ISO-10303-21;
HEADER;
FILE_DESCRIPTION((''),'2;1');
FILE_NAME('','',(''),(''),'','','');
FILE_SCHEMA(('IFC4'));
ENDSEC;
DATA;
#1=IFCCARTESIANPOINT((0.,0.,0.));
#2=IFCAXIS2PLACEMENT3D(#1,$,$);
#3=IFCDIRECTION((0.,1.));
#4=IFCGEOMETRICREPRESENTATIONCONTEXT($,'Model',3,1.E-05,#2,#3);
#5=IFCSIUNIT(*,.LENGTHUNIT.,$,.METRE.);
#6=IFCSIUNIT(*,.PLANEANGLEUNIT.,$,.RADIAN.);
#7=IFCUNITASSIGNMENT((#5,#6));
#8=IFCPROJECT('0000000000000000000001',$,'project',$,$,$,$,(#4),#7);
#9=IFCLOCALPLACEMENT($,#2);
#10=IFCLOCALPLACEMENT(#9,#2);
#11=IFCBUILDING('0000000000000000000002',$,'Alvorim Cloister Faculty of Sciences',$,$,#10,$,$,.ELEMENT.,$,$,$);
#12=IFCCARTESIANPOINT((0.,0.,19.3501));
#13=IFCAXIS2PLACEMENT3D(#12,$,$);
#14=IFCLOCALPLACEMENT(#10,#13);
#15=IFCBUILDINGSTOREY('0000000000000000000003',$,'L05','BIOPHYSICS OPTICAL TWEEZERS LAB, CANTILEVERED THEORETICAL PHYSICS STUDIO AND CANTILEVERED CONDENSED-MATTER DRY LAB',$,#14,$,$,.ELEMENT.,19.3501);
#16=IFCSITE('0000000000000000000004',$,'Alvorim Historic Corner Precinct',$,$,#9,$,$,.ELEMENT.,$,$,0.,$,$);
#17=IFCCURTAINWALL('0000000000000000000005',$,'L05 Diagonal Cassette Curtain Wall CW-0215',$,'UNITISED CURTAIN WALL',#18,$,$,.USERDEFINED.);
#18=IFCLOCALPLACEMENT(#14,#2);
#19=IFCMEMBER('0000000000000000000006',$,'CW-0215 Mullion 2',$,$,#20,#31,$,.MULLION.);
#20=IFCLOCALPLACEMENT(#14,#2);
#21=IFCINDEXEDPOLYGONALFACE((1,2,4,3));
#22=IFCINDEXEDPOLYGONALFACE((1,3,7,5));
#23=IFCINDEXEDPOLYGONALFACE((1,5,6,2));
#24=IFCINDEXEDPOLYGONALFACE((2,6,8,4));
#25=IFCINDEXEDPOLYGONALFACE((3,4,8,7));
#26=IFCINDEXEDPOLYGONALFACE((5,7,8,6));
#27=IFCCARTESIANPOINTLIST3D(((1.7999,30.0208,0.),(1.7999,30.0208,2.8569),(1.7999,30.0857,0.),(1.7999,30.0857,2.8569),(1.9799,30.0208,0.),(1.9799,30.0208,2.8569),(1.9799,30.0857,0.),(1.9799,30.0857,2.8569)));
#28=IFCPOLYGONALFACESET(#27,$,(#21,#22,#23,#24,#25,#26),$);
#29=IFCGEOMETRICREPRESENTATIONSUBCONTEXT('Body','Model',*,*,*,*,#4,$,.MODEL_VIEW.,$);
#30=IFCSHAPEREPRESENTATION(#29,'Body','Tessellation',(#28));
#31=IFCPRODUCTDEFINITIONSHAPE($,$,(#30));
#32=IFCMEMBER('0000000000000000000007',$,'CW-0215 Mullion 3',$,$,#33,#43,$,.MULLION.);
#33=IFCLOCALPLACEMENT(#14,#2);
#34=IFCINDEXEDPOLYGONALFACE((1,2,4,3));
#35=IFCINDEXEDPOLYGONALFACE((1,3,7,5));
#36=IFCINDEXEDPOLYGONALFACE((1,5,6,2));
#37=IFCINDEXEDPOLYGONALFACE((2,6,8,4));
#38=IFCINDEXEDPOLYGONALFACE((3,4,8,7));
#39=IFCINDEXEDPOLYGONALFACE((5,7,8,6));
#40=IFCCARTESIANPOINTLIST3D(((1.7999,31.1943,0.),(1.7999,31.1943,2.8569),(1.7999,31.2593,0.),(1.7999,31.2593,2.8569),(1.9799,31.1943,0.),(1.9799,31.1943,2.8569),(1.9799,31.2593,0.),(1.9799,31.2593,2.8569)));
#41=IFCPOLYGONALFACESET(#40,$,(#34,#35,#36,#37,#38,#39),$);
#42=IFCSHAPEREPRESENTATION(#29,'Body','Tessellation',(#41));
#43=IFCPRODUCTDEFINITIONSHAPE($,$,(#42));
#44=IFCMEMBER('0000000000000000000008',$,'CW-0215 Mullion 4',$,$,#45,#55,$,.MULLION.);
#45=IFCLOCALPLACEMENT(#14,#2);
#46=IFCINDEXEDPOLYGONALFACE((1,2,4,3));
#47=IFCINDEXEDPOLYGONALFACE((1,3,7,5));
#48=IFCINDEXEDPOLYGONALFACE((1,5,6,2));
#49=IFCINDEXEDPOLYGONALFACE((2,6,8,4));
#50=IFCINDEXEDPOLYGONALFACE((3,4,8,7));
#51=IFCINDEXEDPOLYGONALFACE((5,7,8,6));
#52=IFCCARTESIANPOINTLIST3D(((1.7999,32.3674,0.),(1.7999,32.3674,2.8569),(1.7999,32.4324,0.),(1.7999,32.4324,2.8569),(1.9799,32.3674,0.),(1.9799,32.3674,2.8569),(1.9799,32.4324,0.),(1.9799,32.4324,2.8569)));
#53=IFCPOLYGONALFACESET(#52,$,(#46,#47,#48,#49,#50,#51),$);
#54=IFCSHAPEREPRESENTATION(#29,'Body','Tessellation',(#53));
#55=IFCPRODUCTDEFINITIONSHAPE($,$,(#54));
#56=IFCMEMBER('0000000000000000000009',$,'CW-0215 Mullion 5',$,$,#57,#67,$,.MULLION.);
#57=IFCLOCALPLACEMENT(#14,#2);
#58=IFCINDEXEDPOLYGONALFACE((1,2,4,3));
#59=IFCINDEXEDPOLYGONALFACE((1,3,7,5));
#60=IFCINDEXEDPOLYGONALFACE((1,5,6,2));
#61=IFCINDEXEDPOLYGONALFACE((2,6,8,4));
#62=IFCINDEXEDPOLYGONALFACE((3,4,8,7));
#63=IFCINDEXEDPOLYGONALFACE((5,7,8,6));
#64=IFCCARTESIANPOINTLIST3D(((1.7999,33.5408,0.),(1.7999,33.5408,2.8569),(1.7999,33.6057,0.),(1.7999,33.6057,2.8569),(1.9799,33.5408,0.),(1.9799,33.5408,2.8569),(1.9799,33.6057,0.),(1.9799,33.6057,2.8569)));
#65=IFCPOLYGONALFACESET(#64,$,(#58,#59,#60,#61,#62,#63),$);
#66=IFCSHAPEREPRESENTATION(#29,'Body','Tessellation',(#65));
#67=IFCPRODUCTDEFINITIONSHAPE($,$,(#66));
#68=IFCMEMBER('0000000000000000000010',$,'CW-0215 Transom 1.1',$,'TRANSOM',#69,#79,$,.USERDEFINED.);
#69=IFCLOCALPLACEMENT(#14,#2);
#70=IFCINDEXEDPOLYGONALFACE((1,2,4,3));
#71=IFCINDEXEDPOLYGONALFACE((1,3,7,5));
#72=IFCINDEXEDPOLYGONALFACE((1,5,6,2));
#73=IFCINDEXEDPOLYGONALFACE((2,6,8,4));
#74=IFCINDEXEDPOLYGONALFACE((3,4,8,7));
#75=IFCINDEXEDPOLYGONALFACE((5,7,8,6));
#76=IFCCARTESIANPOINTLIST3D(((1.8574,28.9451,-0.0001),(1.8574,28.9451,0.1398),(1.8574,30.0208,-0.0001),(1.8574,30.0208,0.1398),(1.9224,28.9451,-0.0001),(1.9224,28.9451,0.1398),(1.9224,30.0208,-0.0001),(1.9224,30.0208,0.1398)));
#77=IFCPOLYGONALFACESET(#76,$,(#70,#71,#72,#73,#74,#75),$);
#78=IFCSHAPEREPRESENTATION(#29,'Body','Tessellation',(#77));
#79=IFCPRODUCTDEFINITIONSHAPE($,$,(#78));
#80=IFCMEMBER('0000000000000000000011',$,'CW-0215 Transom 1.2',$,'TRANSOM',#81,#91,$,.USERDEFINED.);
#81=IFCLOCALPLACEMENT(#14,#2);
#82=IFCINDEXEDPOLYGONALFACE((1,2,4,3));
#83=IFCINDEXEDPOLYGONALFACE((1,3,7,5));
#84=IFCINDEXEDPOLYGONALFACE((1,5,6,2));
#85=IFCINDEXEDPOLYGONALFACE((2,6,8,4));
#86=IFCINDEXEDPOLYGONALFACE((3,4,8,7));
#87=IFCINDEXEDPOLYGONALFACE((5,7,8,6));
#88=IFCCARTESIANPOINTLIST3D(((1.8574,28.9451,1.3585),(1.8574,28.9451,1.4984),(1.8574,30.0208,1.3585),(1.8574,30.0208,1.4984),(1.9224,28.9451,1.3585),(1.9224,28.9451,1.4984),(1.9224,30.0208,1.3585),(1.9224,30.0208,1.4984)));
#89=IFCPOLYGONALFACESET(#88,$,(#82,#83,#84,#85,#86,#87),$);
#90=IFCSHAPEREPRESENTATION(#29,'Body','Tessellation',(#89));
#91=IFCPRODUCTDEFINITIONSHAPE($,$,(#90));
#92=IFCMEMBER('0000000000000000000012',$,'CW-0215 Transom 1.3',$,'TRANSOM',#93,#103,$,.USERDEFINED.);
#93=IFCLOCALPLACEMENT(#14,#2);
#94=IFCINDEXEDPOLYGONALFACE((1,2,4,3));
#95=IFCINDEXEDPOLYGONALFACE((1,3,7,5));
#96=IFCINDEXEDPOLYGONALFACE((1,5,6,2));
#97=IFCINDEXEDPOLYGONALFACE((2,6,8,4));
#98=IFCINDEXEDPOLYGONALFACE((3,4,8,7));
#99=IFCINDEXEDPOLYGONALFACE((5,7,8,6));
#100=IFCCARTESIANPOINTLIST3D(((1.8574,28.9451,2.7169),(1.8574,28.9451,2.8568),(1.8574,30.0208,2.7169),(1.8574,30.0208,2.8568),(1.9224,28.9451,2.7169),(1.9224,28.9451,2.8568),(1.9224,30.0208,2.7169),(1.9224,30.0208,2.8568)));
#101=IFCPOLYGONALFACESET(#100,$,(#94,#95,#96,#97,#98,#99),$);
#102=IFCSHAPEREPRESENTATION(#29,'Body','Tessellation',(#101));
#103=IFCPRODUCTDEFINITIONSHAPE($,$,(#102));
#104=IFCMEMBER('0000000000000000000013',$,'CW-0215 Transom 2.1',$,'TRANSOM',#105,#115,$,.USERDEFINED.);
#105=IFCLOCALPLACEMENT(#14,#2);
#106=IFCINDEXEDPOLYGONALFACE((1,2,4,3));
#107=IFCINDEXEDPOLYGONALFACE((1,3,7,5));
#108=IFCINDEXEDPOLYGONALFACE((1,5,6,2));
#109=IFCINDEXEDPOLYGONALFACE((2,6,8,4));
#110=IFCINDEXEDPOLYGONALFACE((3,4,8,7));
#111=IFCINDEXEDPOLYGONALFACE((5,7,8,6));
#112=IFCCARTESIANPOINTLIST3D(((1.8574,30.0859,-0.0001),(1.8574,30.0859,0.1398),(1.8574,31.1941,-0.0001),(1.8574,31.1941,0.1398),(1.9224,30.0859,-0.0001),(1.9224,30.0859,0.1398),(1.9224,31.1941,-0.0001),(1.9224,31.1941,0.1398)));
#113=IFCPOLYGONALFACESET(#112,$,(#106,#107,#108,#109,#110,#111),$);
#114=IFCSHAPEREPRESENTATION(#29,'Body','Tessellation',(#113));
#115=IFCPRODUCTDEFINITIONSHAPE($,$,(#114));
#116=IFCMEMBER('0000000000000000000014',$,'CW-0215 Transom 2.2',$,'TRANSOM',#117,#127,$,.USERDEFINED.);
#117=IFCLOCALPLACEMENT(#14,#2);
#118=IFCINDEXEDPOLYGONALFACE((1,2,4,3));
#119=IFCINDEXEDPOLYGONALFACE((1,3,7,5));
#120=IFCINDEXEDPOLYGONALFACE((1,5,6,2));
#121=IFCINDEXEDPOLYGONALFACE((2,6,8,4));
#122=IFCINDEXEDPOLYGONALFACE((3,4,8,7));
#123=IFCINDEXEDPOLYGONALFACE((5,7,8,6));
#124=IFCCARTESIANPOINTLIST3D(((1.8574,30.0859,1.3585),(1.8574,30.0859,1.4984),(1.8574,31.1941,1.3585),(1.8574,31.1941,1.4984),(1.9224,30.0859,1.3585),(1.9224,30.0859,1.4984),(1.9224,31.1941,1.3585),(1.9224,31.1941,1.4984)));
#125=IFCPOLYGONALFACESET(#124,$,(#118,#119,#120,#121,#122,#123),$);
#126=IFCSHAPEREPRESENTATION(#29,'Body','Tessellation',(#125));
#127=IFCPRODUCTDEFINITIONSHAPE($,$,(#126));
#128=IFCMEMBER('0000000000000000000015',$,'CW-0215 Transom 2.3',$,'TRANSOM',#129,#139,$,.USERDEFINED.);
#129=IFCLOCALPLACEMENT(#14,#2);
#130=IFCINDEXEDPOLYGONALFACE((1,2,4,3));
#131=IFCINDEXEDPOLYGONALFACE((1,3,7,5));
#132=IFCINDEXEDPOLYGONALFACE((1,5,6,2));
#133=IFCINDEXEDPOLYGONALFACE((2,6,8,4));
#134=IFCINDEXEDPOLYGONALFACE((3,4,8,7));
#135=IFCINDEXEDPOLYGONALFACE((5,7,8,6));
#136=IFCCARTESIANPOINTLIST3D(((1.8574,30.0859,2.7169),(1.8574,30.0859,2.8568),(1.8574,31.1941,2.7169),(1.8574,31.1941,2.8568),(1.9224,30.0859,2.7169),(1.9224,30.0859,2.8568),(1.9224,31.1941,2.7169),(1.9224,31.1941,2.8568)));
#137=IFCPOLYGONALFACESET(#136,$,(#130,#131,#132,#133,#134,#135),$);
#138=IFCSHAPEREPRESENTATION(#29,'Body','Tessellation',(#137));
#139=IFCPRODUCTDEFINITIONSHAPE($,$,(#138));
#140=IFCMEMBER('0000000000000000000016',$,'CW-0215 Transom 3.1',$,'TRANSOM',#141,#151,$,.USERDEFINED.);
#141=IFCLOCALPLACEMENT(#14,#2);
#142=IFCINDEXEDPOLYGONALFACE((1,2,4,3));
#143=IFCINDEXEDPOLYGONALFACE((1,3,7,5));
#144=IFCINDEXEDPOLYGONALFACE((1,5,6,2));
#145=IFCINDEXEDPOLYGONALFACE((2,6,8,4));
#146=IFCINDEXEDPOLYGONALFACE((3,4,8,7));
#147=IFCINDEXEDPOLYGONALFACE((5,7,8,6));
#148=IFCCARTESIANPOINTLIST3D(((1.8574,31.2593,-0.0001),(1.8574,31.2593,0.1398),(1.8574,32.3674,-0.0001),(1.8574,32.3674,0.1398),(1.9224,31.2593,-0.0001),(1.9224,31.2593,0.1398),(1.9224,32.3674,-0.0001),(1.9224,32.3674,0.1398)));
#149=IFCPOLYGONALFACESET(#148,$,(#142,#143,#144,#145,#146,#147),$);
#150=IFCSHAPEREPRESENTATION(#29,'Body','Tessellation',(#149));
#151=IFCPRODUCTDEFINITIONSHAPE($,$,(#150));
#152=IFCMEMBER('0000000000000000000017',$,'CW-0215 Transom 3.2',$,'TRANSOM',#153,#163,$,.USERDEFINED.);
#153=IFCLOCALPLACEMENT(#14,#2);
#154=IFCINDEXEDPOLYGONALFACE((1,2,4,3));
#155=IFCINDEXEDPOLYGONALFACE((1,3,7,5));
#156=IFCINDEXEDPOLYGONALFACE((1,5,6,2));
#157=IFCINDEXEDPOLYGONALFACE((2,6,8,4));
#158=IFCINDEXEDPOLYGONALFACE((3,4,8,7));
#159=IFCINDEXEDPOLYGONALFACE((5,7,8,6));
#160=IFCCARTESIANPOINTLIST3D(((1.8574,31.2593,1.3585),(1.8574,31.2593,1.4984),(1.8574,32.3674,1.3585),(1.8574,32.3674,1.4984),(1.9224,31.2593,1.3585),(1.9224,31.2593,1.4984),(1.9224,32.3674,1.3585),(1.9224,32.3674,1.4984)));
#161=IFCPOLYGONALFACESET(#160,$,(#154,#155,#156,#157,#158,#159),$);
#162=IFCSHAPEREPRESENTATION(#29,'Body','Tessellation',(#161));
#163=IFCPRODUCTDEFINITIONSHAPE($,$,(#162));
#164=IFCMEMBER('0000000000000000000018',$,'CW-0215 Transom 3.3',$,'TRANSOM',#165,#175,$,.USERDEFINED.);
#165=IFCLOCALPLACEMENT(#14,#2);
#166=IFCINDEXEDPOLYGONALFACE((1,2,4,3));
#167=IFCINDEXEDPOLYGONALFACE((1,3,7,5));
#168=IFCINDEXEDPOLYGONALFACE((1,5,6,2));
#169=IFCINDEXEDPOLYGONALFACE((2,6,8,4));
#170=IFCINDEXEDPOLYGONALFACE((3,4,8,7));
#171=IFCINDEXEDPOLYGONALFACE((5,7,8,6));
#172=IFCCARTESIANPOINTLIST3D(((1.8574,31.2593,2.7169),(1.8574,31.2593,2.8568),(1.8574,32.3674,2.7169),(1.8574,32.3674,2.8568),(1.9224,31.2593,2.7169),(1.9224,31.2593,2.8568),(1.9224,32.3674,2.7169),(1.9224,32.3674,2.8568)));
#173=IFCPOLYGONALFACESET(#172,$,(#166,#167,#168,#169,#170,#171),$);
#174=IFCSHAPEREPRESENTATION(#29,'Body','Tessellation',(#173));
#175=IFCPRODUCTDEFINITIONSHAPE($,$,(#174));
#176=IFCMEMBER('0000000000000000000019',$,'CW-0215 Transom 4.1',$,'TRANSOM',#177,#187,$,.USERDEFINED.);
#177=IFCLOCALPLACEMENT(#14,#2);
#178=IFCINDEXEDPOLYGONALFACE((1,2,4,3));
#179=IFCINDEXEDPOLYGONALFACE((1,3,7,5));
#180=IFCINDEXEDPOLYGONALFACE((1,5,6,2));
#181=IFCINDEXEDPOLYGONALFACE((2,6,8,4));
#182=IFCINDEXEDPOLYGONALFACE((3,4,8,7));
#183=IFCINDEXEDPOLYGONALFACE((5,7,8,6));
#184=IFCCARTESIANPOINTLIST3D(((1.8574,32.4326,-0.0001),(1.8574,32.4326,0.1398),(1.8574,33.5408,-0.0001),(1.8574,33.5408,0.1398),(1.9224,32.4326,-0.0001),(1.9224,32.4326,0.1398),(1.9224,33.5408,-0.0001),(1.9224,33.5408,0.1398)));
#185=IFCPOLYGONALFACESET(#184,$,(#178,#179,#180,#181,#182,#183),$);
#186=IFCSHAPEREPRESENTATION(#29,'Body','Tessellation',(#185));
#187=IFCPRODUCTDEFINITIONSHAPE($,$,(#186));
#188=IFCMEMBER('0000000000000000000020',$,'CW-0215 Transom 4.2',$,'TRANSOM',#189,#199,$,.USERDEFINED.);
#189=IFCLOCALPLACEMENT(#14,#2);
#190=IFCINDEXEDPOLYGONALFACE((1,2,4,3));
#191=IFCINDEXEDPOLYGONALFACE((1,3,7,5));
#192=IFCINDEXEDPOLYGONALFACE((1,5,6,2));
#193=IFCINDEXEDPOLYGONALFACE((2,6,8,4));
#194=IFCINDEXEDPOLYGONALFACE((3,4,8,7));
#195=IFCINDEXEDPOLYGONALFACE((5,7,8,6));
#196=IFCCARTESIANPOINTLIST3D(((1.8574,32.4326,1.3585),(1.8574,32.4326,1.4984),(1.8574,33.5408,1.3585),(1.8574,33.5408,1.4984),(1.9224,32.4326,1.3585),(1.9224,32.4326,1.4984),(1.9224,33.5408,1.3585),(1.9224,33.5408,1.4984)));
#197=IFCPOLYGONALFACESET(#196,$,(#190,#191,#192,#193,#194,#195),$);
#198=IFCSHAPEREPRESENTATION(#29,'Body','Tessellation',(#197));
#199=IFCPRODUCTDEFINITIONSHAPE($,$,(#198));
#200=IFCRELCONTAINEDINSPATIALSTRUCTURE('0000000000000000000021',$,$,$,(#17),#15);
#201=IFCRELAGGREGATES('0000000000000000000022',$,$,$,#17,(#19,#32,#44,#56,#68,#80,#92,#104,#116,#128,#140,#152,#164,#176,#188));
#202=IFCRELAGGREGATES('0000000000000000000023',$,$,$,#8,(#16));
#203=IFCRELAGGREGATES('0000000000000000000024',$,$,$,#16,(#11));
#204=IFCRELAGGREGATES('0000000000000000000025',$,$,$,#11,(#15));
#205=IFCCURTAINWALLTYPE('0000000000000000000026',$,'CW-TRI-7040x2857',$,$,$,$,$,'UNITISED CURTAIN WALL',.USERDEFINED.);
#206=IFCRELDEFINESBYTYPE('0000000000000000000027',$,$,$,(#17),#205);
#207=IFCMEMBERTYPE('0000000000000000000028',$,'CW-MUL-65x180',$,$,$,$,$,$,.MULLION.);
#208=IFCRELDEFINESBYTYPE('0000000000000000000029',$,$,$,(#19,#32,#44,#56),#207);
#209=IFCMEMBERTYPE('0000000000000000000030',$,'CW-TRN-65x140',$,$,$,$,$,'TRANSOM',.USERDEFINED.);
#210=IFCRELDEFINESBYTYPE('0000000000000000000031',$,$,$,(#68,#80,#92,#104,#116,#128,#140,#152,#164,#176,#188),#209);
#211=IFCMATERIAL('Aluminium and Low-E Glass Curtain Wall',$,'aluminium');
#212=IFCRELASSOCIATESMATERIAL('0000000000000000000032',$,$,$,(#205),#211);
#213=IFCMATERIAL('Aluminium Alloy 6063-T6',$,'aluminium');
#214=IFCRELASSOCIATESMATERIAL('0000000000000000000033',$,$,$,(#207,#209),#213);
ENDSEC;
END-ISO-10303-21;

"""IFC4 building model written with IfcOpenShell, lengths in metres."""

from ifc_helpers import new_model, si_unit, direction, frame, origin, origin_2d, place, context, subcontext, project, spatial, rectangle, extrude, material, material_profile, profile_set, type_object, element, aggregate, save


model = new_model("IFC4")

# Units and contexts
model_context = context("Model", 3, precision=1e-05, world=origin(), true_north=direction((0.0, 1.0)))
body_context = subcontext(model_context, "Body", "Model", "MODEL_VIEW")
ifc_project = project(units=[si_unit("LENGTHUNIT", "METRE"), si_unit("PLANEANGLEUNIT", "RADIAN")], contexts=[model_context])

# Site, building, storey
site_placement = place(None, origin())
site = spatial("IfcSite", under=ifc_project, at=site_placement, Name="Alvorim Historic Corner Precinct", CompositionType="ELEMENT", RefElevation=0.0)
building_placement = place(site_placement, origin())
building = spatial("IfcBuilding", under=site, at=building_placement, Name="Alvorim Cloister Faculty of Sciences", CompositionType="ELEMENT")
storey_placement = place(building_placement, frame((0.0, 0.0, 19.3501)))
storey = spatial("IfcBuildingStorey", under=building, at=storey_placement, Name="L05", Description="BIOPHYSICS OPTICAL TWEEZERS LAB, CANTILEVERED THEORETICAL PHYSICS STUDIO AND CANTILEVERED CONDENSED-MATTER DRY LAB", CompositionType="ELEMENT", Elevation=19.3501)

# Curtain wall, members
ifc_material_1 = material(Name="Aluminium and Low-E Glass Curtain Wall", Category="aluminium")
curtain_wall_type = type_object("IfcCurtainWallType", Name="CW-TRI-7040x2857", ElementType="UNITISED CURTAIN WALL", PredefinedType="USERDEFINED", material=ifc_material_1)
curtain_wall_placement = place(storey_placement, origin())
curtain_wall = element("IfcCurtainWall", 1, at=curtain_wall_placement, inside=storey, type_object=curtain_wall_type, Name="L05 Diagonal Cassette Curtain Wall CW-0215", ObjectType="UNITISED CURTAIN WALL", PredefinedType="USERDEFINED")
ifc_material_2 = material(Name="Aluminium Alloy 6063-T6", Category="aluminium")
ifc_material_profile_1 = material_profile(ifc_material_2, rectangle(XDim=0.0649, YDim=0.1799, at=origin_2d()), Name="ALU-MUL-65x180")
ifc_profile_set_1 = profile_set([ifc_material_profile_1], Name="Aluminium Alloy 6063-T6")
member_type_1 = type_object("IfcMemberType", Name="CW-MUL-65x180", PredefinedType="MULLION", material=ifc_profile_set_1)
member_1_placement = place(storey_placement, frame((1.8899, 30.0532, 0.0), z_axis=(0.0, 0.0, 1.0), x_axis=(0.0, 1.0, 0.0)))
member_1 = element("IfcMember", 2, at=member_1_placement, type_object=member_type_1, Name="CW-0215 Mullion 2", PredefinedType="MULLION", context=body_context, shape_type="SweptSolid", body=[
    extrude(rectangle(XDim=0.0649, YDim=0.1799, at=origin_2d()), origin(), (0.0, 0.0, 1.0), 2.8569),
])
member_2_placement = place(storey_placement, frame((1.8899, 31.2268, 0.0), z_axis=(0.0, 0.0, 1.0), x_axis=(0.0, 1.0, 0.0)))
member_2 = element("IfcMember", 3, at=member_2_placement, type_object=member_type_1, Name="CW-0215 Mullion 3", PredefinedType="MULLION", context=body_context, shape_type="SweptSolid", body=[
    extrude(rectangle(XDim=0.0649, YDim=0.1799, at=origin_2d()), origin(), (0.0, 0.0, 1.0), 2.8569),
])
member_3_placement = place(storey_placement, frame((1.8899, 32.3999, 0.0), z_axis=(0.0, 0.0, 1.0), x_axis=(0.0, 1.0, 0.0)))
member_3 = element("IfcMember", 4, at=member_3_placement, type_object=member_type_1, Name="CW-0215 Mullion 4", PredefinedType="MULLION", context=body_context, shape_type="SweptSolid", body=[
    extrude(rectangle(XDim=0.0649, YDim=0.1799, at=origin_2d()), origin(), (0.0, 0.0, 1.0), 2.8569),
])
member_4_placement = place(storey_placement, frame((1.8899, 33.5732, 0.0), z_axis=(0.0, 0.0, 1.0), x_axis=(0.0, 1.0, 0.0)))
member_4 = element("IfcMember", 5, at=member_4_placement, type_object=member_type_1, Name="CW-0215 Mullion 5", PredefinedType="MULLION", context=body_context, shape_type="SweptSolid", body=[
    extrude(rectangle(XDim=0.0649, YDim=0.1799, at=origin_2d()), origin(), (0.0, 0.0, 1.0), 2.8569),
])
ifc_material_profile_2 = material_profile(ifc_material_2, rectangle(XDim=0.0649, YDim=0.1399, at=origin_2d()), Name="ALU-TRN-65x140")
ifc_profile_set_2 = profile_set([ifc_material_profile_2], Name="Aluminium Alloy 6063-T6")
member_type_2 = type_object("IfcMemberType", Name="CW-TRN-65x140", ElementType="TRANSOM", PredefinedType="USERDEFINED", material=ifc_profile_set_2)
member_5_placement = place(storey_placement, frame((1.8899, 28.9451, 0.0698), z_axis=(0.0, 1.0, 0.0), x_axis=(-1.0, 0.0, 0.0)))
member_5 = element("IfcMember", 6, at=member_5_placement, type_object=member_type_2, Name="CW-0215 Transom 1.1", ObjectType="TRANSOM", PredefinedType="USERDEFINED", context=body_context, shape_type="SweptSolid", body=[
    extrude(rectangle(XDim=0.0649, YDim=0.1399, at=origin_2d()), origin(), (0.0, 0.0, 1.0), 1.0757),
])
member_6_placement = place(storey_placement, frame((1.8899, 28.9451, 1.4285), z_axis=(0.0, 1.0, 0.0), x_axis=(-1.0, 0.0, 0.0)))
member_6 = element("IfcMember", 7, at=member_6_placement, type_object=member_type_2, Name="CW-0215 Transom 1.2", ObjectType="TRANSOM", PredefinedType="USERDEFINED", context=body_context, shape_type="SweptSolid", body=[
    extrude(rectangle(XDim=0.0649, YDim=0.1399, at=origin_2d()), origin(), (0.0, 0.0, 1.0), 1.0757),
])
member_7_placement = place(storey_placement, frame((1.8899, 28.9451, 2.7869), z_axis=(0.0, 1.0, 0.0), x_axis=(-1.0, 0.0, 0.0)))
member_7 = element("IfcMember", 8, at=member_7_placement, type_object=member_type_2, Name="CW-0215 Transom 1.3", ObjectType="TRANSOM", PredefinedType="USERDEFINED", context=body_context, shape_type="SweptSolid", body=[
    extrude(rectangle(XDim=0.0649, YDim=0.1399, at=origin_2d()), origin(), (0.0, 0.0, 1.0), 1.0757),
])
member_8_placement = place(storey_placement, frame((1.8899, 30.0859, 0.0698), z_axis=(0.0, 1.0, 0.0), x_axis=(-1.0, 0.0, 0.0)))
member_8 = element("IfcMember", 9, at=member_8_placement, type_object=member_type_2, Name="CW-0215 Transom 2.1", ObjectType="TRANSOM", PredefinedType="USERDEFINED", context=body_context, shape_type="SweptSolid", body=[
    extrude(rectangle(XDim=0.0649, YDim=0.1399, at=origin_2d()), origin(), (0.0, 0.0, 1.0), 1.1082),
])
member_9_placement = place(storey_placement, frame((1.8899, 30.0859, 1.4285), z_axis=(0.0, 1.0, 0.0), x_axis=(-1.0, 0.0, 0.0)))
member_9 = element("IfcMember", 10, at=member_9_placement, type_object=member_type_2, Name="CW-0215 Transom 2.2", ObjectType="TRANSOM", PredefinedType="USERDEFINED", context=body_context, shape_type="SweptSolid", body=[
    extrude(rectangle(XDim=0.0649, YDim=0.1399, at=origin_2d()), origin(), (0.0, 0.0, 1.0), 1.1082),
])
member_10_placement = place(storey_placement, frame((1.8899, 30.0859, 2.7869), z_axis=(0.0, 1.0, 0.0), x_axis=(-1.0, 0.0, 0.0)))
member_10 = element("IfcMember", 11, at=member_10_placement, type_object=member_type_2, Name="CW-0215 Transom 2.3", ObjectType="TRANSOM", PredefinedType="USERDEFINED", context=body_context, shape_type="SweptSolid", body=[
    extrude(rectangle(XDim=0.0649, YDim=0.1399, at=origin_2d()), origin(), (0.0, 0.0, 1.0), 1.1082),
])
member_11_placement = place(storey_placement, frame((1.8899, 31.2593, 0.0698), z_axis=(0.0, 1.0, 0.0), x_axis=(-1.0, 0.0, 0.0)))
member_11 = element("IfcMember", 12, at=member_11_placement, type_object=member_type_2, Name="CW-0215 Transom 3.1", ObjectType="TRANSOM", PredefinedType="USERDEFINED", context=body_context, shape_type="SweptSolid", body=[
    extrude(rectangle(XDim=0.0649, YDim=0.1399, at=origin_2d()), origin(), (0.0, 0.0, 1.0), 1.1082),
])
member_12_placement = place(storey_placement, frame((1.8899, 31.2593, 1.4285), z_axis=(0.0, 1.0, 0.0), x_axis=(-1.0, 0.0, 0.0)))
member_12 = element("IfcMember", 13, at=member_12_placement, type_object=member_type_2, Name="CW-0215 Transom 3.2", ObjectType="TRANSOM", PredefinedType="USERDEFINED", context=body_context, shape_type="SweptSolid", body=[
    extrude(rectangle(XDim=0.0649, YDim=0.1399, at=origin_2d()), origin(), (0.0, 0.0, 1.0), 1.1082),
])
member_13_placement = place(storey_placement, frame((1.8899, 31.2593, 2.7869), z_axis=(0.0, 1.0, 0.0), x_axis=(-1.0, 0.0, 0.0)))
member_13 = element("IfcMember", 14, at=member_13_placement, type_object=member_type_2, Name="CW-0215 Transom 3.3", ObjectType="TRANSOM", PredefinedType="USERDEFINED", context=body_context, shape_type="SweptSolid", body=[
    extrude(rectangle(XDim=0.0649, YDim=0.1399, at=origin_2d()), origin(), (0.0, 0.0, 1.0), 1.1082),
])
member_14_placement = place(storey_placement, frame((1.8899, 32.4326, 0.0698), z_axis=(0.0, 1.0, 0.0), x_axis=(-1.0, 0.0, 0.0)))
member_14 = element("IfcMember", 15, at=member_14_placement, type_object=member_type_2, Name="CW-0215 Transom 4.1", ObjectType="TRANSOM", PredefinedType="USERDEFINED", context=body_context, shape_type="SweptSolid", body=[
    extrude(rectangle(XDim=0.0649, YDim=0.1399, at=origin_2d()), origin(), (0.0, 0.0, 1.0), 1.1082),
])
member_15_placement = place(storey_placement, frame((1.8899, 32.4326, 1.4285), z_axis=(0.0, 1.0, 0.0), x_axis=(-1.0, 0.0, 0.0)))
member_15 = element("IfcMember", 16, at=member_15_placement, type_object=member_type_2, Name="CW-0215 Transom 4.2", ObjectType="TRANSOM", PredefinedType="USERDEFINED", context=body_context, shape_type="SweptSolid", body=[
    extrude(rectangle(XDim=0.0649, YDim=0.1399, at=origin_2d()), origin(), (0.0, 0.0, 1.0), 1.1082),
])
aggregate(curtain_wall, [member_1, member_2, member_3, member_4, member_5, member_6, member_7, member_8, member_9, member_10, member_11, member_12, member_13, member_14, member_15])

save(model, "model.ifc")
